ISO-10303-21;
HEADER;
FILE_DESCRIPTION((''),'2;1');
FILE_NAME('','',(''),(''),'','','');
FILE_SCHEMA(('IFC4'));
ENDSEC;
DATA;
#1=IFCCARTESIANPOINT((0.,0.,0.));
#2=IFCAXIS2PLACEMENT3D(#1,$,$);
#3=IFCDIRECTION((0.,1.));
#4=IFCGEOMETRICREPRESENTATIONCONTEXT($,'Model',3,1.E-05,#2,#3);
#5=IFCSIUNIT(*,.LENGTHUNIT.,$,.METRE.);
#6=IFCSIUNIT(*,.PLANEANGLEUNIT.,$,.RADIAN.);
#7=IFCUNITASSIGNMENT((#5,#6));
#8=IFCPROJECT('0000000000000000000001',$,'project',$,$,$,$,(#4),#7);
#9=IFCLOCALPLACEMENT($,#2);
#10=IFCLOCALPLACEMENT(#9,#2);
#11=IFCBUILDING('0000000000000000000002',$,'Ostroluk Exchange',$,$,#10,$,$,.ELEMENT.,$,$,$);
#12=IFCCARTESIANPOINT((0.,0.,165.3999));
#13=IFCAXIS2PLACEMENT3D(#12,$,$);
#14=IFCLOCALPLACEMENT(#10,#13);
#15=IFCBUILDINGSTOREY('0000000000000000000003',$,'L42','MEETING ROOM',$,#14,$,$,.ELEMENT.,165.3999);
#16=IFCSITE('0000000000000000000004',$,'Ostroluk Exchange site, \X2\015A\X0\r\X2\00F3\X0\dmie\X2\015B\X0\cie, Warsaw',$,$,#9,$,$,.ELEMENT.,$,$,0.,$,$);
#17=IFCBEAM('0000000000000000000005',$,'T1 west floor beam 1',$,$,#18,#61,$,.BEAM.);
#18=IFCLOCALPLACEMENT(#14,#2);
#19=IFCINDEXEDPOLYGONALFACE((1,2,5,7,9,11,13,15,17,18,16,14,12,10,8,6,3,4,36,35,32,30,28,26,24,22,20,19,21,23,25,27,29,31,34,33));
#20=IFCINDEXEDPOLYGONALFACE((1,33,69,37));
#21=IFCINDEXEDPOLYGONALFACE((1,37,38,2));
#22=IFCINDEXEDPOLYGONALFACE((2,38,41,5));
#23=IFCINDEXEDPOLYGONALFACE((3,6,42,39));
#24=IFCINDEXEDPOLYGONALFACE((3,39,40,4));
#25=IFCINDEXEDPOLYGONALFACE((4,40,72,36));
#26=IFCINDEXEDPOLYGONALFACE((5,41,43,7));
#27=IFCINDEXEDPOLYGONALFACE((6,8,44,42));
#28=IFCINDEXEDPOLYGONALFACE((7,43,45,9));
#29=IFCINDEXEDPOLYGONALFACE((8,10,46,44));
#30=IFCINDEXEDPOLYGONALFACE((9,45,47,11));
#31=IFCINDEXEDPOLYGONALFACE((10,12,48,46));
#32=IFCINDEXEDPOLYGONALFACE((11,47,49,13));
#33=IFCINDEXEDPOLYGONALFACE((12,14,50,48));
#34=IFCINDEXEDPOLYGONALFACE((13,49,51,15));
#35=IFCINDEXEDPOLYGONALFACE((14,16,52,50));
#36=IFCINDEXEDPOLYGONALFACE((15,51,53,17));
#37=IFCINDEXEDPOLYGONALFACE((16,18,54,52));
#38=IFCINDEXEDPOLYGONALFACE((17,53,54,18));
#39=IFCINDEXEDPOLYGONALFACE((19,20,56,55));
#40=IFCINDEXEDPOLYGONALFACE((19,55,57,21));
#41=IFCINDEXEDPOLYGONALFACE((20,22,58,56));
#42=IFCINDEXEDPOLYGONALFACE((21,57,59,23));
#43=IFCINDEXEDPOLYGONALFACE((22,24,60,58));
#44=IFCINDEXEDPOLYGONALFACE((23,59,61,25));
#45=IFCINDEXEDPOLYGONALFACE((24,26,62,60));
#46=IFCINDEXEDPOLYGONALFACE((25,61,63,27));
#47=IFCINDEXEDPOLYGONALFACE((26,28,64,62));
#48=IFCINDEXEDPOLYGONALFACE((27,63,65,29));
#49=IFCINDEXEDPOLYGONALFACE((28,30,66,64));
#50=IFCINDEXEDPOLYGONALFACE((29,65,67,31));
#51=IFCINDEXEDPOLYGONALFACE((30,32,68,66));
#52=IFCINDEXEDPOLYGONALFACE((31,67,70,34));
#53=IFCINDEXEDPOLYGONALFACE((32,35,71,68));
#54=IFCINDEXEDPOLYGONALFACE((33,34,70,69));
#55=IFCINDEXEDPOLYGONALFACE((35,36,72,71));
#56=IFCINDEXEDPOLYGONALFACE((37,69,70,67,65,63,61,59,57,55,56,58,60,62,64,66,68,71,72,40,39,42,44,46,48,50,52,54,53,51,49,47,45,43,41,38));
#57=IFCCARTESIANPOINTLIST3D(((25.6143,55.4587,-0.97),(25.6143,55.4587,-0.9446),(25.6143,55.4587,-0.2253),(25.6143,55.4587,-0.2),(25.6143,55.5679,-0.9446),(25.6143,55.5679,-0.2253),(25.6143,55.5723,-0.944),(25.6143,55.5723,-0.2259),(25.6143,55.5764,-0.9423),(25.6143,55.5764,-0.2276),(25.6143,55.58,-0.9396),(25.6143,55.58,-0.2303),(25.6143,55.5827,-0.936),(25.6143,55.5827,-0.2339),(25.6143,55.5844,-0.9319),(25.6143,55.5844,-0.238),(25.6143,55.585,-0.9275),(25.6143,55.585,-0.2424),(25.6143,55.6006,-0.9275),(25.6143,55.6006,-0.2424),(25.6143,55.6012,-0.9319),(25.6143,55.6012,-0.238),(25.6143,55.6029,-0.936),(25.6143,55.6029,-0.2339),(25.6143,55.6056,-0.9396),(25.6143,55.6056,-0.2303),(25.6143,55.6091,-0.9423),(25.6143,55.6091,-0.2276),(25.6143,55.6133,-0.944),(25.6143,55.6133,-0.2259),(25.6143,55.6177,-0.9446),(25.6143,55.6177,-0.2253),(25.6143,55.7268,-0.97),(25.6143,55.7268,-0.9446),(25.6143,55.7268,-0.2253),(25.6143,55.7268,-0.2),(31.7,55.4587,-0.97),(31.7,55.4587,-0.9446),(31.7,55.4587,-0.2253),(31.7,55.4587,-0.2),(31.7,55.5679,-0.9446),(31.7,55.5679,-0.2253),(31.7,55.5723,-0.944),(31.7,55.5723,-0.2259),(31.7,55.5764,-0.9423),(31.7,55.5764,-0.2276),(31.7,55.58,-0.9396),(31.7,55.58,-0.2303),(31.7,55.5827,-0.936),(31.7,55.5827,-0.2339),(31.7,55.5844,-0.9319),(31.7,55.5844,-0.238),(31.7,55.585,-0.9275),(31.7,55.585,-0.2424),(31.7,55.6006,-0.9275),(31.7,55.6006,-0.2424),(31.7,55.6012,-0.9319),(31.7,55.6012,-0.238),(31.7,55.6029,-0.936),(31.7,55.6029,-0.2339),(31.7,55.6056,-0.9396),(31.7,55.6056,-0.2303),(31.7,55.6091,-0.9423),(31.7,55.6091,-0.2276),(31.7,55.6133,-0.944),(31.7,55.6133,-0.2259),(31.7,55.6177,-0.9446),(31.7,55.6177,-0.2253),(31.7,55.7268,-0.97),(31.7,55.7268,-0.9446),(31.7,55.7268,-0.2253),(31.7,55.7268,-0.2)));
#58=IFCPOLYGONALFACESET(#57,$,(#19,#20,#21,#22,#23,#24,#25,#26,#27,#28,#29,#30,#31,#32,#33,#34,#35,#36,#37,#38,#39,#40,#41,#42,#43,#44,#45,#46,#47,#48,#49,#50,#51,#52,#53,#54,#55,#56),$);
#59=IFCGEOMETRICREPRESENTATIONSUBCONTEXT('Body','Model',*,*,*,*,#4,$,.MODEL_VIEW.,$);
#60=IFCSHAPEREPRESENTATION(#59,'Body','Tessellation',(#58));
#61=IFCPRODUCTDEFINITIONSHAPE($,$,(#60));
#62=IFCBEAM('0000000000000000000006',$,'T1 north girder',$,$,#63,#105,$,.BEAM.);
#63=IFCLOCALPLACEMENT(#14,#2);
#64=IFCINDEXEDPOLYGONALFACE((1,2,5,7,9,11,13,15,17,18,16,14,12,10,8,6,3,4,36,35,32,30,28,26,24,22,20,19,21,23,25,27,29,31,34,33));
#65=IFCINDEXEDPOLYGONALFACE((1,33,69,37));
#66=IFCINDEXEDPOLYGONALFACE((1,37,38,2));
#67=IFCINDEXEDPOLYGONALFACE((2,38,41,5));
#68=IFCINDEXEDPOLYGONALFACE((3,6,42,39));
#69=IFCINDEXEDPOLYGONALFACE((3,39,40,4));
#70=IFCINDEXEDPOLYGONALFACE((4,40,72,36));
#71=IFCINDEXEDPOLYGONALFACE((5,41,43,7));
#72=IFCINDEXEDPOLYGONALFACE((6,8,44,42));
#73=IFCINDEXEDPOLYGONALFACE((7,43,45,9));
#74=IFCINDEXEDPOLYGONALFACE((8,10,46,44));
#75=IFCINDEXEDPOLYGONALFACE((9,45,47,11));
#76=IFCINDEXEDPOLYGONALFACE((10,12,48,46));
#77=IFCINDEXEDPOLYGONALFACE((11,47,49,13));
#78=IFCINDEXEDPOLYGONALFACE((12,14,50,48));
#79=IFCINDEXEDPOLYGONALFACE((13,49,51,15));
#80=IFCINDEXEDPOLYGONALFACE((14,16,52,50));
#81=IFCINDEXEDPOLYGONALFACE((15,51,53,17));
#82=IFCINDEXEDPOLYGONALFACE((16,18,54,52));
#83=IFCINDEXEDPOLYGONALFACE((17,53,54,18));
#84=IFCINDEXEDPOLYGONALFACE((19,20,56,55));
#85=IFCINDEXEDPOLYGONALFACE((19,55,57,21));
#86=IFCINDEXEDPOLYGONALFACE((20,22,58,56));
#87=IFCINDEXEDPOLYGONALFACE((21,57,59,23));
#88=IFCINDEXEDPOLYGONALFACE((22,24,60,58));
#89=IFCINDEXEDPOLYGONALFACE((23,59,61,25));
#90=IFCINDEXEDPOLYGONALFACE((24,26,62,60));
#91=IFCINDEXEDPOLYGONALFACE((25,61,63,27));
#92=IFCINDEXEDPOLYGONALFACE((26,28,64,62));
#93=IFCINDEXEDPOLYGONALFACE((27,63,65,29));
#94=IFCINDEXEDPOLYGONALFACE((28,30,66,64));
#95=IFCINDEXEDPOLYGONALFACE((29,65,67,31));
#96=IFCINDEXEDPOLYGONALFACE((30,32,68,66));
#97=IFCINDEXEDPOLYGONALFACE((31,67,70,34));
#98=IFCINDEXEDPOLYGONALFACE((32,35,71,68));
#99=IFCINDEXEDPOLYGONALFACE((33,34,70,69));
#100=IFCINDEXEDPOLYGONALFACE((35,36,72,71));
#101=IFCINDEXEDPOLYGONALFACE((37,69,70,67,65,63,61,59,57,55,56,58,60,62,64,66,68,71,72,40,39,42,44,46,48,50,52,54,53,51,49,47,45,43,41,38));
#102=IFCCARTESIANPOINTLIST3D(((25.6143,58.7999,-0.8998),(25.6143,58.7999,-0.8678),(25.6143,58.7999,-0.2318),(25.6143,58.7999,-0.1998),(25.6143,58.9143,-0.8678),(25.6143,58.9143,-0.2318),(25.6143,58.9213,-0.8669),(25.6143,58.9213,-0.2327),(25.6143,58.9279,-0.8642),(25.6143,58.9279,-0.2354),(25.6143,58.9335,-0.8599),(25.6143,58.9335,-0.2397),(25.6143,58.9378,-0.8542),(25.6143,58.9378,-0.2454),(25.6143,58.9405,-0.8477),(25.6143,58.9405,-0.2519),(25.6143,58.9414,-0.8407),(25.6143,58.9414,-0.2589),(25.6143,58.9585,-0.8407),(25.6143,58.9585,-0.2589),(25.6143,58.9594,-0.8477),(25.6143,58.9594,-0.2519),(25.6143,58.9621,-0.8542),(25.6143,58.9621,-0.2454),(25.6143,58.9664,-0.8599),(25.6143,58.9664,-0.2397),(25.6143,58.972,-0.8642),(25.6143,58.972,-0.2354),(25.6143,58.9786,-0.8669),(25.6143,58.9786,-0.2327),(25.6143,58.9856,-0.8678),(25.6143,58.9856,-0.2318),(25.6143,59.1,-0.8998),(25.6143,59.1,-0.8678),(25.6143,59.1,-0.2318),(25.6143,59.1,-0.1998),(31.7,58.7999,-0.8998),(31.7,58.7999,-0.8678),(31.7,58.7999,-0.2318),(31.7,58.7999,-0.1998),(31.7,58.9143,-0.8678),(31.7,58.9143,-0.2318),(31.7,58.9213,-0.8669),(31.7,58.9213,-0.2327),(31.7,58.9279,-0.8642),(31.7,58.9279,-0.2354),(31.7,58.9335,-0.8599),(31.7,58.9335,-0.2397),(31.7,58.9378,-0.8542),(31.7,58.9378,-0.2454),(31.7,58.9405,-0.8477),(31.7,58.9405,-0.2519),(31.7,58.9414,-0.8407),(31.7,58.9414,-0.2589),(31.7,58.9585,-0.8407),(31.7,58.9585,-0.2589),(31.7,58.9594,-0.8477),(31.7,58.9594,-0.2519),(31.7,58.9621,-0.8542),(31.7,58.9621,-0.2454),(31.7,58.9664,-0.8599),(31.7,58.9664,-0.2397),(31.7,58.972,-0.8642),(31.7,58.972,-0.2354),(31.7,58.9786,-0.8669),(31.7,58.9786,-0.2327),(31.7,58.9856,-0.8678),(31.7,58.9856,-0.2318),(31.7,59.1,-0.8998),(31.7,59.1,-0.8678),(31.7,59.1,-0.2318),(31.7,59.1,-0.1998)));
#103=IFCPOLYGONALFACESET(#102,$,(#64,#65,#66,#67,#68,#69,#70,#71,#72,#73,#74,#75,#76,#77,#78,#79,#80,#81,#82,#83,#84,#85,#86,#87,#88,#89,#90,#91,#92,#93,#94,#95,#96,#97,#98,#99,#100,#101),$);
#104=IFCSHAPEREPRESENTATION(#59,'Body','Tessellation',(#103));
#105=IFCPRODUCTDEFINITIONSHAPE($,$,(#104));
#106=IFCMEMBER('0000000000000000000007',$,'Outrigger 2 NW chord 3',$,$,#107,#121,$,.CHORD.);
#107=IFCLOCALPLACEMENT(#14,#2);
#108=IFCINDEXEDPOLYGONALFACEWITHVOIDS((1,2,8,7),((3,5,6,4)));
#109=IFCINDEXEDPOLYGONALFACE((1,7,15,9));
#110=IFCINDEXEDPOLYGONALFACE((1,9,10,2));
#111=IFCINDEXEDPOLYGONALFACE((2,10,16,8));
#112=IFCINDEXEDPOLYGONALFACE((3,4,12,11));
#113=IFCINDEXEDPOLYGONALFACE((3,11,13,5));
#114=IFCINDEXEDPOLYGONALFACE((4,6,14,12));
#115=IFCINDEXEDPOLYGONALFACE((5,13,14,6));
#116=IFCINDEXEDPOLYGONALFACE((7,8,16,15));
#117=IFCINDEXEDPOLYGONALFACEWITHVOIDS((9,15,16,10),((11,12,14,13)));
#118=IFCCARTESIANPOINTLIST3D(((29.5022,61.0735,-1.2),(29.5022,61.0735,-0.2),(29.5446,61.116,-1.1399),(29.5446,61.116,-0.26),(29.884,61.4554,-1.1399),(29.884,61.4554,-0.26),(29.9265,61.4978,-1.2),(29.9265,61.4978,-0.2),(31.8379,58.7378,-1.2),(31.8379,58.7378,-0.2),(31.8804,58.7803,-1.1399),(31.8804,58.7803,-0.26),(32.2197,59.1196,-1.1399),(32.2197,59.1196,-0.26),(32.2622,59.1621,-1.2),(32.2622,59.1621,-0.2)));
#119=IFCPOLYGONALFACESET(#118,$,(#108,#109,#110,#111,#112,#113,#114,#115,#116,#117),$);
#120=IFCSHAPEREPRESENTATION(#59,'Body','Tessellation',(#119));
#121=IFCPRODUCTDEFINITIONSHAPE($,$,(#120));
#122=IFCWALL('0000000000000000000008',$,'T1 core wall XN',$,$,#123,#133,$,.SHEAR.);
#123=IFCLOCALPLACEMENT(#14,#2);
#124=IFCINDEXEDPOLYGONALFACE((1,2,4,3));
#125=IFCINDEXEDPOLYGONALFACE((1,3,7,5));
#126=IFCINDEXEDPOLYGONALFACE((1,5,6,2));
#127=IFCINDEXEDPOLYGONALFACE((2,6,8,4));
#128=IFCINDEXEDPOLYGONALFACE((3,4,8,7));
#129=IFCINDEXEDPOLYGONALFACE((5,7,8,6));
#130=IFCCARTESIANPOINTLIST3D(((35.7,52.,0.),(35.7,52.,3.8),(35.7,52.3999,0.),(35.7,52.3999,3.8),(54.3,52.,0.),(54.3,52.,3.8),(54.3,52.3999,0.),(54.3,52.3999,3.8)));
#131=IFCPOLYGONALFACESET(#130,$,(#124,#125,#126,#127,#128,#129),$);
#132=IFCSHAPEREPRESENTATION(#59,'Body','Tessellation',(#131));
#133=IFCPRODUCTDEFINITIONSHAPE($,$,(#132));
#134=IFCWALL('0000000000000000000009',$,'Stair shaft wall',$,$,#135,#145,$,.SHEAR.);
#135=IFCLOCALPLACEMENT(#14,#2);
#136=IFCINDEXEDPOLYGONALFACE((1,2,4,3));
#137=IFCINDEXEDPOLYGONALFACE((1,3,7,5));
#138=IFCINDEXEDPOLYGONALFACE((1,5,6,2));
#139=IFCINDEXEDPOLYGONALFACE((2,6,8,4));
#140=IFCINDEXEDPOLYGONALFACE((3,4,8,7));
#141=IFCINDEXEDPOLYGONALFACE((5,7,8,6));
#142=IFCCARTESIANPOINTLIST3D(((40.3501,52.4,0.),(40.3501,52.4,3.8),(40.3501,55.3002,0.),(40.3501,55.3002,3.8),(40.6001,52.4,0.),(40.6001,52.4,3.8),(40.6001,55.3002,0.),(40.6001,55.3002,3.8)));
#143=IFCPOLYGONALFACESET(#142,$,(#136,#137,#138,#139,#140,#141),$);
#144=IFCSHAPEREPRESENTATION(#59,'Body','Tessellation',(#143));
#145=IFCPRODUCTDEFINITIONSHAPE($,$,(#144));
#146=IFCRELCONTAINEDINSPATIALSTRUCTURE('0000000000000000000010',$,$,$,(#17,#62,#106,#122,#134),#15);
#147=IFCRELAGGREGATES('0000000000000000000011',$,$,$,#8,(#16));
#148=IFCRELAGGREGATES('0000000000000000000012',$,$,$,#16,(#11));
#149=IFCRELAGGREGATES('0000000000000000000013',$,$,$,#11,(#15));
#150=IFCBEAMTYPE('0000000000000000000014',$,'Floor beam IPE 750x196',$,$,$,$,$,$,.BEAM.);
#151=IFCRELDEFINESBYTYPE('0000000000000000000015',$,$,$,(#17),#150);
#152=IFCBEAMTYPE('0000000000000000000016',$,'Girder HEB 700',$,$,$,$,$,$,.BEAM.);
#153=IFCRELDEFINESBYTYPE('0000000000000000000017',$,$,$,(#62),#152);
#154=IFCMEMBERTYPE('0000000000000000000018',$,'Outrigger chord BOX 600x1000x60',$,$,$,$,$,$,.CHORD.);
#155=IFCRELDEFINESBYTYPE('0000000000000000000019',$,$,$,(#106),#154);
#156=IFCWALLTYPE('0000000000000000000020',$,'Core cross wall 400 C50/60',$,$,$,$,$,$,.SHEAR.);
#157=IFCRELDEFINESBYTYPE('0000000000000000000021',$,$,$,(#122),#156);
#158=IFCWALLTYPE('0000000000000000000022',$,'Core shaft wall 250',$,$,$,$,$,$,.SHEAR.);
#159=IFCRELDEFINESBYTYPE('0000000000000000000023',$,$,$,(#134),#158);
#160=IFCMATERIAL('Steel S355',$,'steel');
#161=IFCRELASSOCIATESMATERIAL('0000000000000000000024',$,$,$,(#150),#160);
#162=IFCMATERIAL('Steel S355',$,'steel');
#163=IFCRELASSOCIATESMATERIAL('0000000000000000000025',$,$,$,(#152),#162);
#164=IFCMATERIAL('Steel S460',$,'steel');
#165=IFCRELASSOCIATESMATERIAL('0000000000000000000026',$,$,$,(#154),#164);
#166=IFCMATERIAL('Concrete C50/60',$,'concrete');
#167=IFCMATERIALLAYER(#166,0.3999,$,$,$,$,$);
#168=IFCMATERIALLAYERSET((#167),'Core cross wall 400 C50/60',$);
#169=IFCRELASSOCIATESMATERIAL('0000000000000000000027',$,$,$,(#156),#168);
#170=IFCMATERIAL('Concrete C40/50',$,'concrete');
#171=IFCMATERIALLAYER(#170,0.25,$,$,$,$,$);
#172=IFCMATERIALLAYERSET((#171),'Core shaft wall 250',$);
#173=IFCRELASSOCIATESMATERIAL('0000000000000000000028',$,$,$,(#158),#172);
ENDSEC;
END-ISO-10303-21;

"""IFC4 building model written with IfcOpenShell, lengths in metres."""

from ifc_helpers import new_model, si_unit, direction, frame, frame_2d, origin, origin_2d, place, context, subcontext, project, spatial, rectangle, hollow_rectangle, i_section, extrude, material, layer, layer_set, material_profile, profile_set, type_object, element, save


model = new_model("IFC4")

# Units and contexts
model_context = context("Model", 3, precision=1e-05, world=origin(), true_north=direction((0.0, 1.0)))
body_context = subcontext(model_context, "Body", "Model", "MODEL_VIEW")
ifc_project = project(units=[si_unit("LENGTHUNIT", "METRE"), si_unit("PLANEANGLEUNIT", "RADIAN")], contexts=[model_context])

# Site, building, storey
site_placement = place(None, origin())
site = spatial("IfcSite", under=ifc_project, at=site_placement, Name="Ostroluk Exchange site, Śródmieście, Warsaw", CompositionType="ELEMENT", RefElevation=0.0)
building_placement = place(site_placement, origin())
building = spatial("IfcBuilding", under=site, at=building_placement, Name="Ostroluk Exchange", CompositionType="ELEMENT")
storey_placement = place(building_placement, frame((0.0, 0.0, 165.3999)))
storey = spatial("IfcBuildingStorey", under=building, at=storey_placement, Name="L42", Description="MEETING ROOM", CompositionType="ELEMENT", Elevation=165.3999)

# Beams
ifc_material_1 = material(Name="Steel S355", Category="steel")
ifc_material_profile_1 = material_profile(ifc_material_1, i_section(OverallWidth=0.2681, OverallDepth=0.77, WebThickness=0.0156, FlangeThickness=0.0254, FilletRadius=0.0171, at=origin_2d()), Name="IPE 750x196")
ifc_profile_set_1 = profile_set([ifc_material_profile_1], Name="Steel S355")
beam_type_1 = type_object("IfcBeamType", Name="Floor beam IPE 750x196", PredefinedType="BEAM", material=ifc_profile_set_1)
beam_1_placement = place(storey_placement, frame((31.7, 55.5928, -0.585), z_axis=(-1.0, 0.0, 0.0), x_axis=(0.0, -1.0, 0.0)))
element("IfcBeam", 1, at=beam_1_placement, inside=storey, type_object=beam_type_1, Name="T1 west floor beam 1", PredefinedType="BEAM", context=body_context, shape_type="SweptSolid", body=[
    extrude(i_section(OverallWidth=0.2681, OverallDepth=0.77, WebThickness=0.0156, FlangeThickness=0.0254, FilletRadius=0.0171, at=origin_2d()), origin(), (0.0, 0.0, 1.0), 6.0857),
])
ifc_material_2 = material(Name="Steel S355", Category="steel")
ifc_material_profile_2 = material_profile(ifc_material_2, i_section(OverallWidth=0.3, OverallDepth=0.7, WebThickness=0.0171, FlangeThickness=0.032, FilletRadius=0.0271, at=origin_2d()), Name="HEB 700")
ifc_profile_set_2 = profile_set([ifc_material_profile_2], Name="Steel S355")
beam_type_2 = type_object("IfcBeamType", Name="Girder HEB 700", PredefinedType="BEAM", material=ifc_profile_set_2)
beam_2_placement = place(storey_placement, frame((31.7, 58.95, -0.5498), z_axis=(-1.0, 0.0, 0.0), x_axis=(0.0, -1.0, 0.0)))
element("IfcBeam", 2, at=beam_2_placement, inside=storey, type_object=beam_type_2, Name="T1 north girder", PredefinedType="BEAM", context=body_context, shape_type="SweptSolid", body=[
    extrude(i_section(OverallWidth=0.3, OverallDepth=0.7, WebThickness=0.0171, FlangeThickness=0.032, FilletRadius=0.0271, at=origin_2d()), origin(), (0.0, 0.0, 1.0), 6.0857),
])

# Member
ifc_material_3 = material(Name="Steel S460", Category="steel")
ifc_material_profile_3 = material_profile(ifc_material_3, hollow_rectangle(XDim=0.6001, YDim=1.0, WallThickness=0.0601, at=origin_2d()), Name="BOX 600x1000x60")
ifc_profile_set_3 = profile_set([ifc_material_profile_3], Name="Steel S460")
member_type = type_object("IfcMemberType", Name="Outrigger chord BOX 600x1000x60", PredefinedType="CHORD", material=ifc_profile_set_3)
member_placement = place(storey_placement, frame((32.05, 58.95, -0.7), z_axis=(-0.707107, 0.707107, 0.0), x_axis=(-0.707107, -0.707107, 0.0)))
element("IfcMember", 3, at=member_placement, inside=storey, type_object=member_type, Name="Outrigger 2 NW chord 3", PredefinedType="CHORD", context=body_context, shape_type="SweptSolid", body=[
    extrude(hollow_rectangle(XDim=0.6001, YDim=1.0, WallThickness=0.0601, at=origin_2d()), origin(), (0.0, 0.0, 1.0), 3.3032),
])

# Walls
ifc_material_4 = material(Name="Concrete C50/60", Category="concrete")
ifc_layer_1 = layer(ifc_material_4, 0.3999)
ifc_layer_set_1 = layer_set([ifc_layer_1], Name="Core cross wall 400 C50/60")
wall_type_1 = type_object("IfcWallType", Name="Core cross wall 400 C50/60", PredefinedType="SHEAR", material=ifc_layer_set_1)
wall_1_placement = place(storey_placement, frame((35.7, 52.2, 0.0), z_axis=(0.0, 0.0, 1.0), x_axis=(1.0, 0.0, 0.0)))
element("IfcWall", 4, at=wall_1_placement, inside=storey, type_object=wall_type_1, Name="T1 core wall XN", PredefinedType="SHEAR", context=body_context, shape_type="SweptSolid", body=[
    extrude(rectangle(XDim=18.6001, YDim=0.3999, at=frame_2d((9.3, 0.0))), origin(), (0.0, 0.0, 1.0), 3.8),
])
ifc_material_5 = material(Name="Concrete C40/50", Category="concrete")
ifc_layer_2 = layer(ifc_material_5, 0.25)
ifc_layer_set_2 = layer_set([ifc_layer_2], Name="Core shaft wall 250")
wall_type_2 = type_object("IfcWallType", Name="Core shaft wall 250", PredefinedType="SHEAR", material=ifc_layer_set_2)
wall_2_placement = place(storey_placement, frame((40.4751, 52.3999, 0.0), z_axis=(0.0, 0.0, 1.0), x_axis=(0.0, 1.0, 0.0)))
element("IfcWall", 5, at=wall_2_placement, inside=storey, type_object=wall_type_2, Name="Stair shaft wall", PredefinedType="SHEAR", context=body_context, shape_type="SweptSolid", body=[
    extrude(rectangle(XDim=2.9001, YDim=0.25, at=frame_2d((1.4502, 0.0))), origin(), (0.0, 0.0, 1.0), 3.8),
])

save(model, "model.ifc")
